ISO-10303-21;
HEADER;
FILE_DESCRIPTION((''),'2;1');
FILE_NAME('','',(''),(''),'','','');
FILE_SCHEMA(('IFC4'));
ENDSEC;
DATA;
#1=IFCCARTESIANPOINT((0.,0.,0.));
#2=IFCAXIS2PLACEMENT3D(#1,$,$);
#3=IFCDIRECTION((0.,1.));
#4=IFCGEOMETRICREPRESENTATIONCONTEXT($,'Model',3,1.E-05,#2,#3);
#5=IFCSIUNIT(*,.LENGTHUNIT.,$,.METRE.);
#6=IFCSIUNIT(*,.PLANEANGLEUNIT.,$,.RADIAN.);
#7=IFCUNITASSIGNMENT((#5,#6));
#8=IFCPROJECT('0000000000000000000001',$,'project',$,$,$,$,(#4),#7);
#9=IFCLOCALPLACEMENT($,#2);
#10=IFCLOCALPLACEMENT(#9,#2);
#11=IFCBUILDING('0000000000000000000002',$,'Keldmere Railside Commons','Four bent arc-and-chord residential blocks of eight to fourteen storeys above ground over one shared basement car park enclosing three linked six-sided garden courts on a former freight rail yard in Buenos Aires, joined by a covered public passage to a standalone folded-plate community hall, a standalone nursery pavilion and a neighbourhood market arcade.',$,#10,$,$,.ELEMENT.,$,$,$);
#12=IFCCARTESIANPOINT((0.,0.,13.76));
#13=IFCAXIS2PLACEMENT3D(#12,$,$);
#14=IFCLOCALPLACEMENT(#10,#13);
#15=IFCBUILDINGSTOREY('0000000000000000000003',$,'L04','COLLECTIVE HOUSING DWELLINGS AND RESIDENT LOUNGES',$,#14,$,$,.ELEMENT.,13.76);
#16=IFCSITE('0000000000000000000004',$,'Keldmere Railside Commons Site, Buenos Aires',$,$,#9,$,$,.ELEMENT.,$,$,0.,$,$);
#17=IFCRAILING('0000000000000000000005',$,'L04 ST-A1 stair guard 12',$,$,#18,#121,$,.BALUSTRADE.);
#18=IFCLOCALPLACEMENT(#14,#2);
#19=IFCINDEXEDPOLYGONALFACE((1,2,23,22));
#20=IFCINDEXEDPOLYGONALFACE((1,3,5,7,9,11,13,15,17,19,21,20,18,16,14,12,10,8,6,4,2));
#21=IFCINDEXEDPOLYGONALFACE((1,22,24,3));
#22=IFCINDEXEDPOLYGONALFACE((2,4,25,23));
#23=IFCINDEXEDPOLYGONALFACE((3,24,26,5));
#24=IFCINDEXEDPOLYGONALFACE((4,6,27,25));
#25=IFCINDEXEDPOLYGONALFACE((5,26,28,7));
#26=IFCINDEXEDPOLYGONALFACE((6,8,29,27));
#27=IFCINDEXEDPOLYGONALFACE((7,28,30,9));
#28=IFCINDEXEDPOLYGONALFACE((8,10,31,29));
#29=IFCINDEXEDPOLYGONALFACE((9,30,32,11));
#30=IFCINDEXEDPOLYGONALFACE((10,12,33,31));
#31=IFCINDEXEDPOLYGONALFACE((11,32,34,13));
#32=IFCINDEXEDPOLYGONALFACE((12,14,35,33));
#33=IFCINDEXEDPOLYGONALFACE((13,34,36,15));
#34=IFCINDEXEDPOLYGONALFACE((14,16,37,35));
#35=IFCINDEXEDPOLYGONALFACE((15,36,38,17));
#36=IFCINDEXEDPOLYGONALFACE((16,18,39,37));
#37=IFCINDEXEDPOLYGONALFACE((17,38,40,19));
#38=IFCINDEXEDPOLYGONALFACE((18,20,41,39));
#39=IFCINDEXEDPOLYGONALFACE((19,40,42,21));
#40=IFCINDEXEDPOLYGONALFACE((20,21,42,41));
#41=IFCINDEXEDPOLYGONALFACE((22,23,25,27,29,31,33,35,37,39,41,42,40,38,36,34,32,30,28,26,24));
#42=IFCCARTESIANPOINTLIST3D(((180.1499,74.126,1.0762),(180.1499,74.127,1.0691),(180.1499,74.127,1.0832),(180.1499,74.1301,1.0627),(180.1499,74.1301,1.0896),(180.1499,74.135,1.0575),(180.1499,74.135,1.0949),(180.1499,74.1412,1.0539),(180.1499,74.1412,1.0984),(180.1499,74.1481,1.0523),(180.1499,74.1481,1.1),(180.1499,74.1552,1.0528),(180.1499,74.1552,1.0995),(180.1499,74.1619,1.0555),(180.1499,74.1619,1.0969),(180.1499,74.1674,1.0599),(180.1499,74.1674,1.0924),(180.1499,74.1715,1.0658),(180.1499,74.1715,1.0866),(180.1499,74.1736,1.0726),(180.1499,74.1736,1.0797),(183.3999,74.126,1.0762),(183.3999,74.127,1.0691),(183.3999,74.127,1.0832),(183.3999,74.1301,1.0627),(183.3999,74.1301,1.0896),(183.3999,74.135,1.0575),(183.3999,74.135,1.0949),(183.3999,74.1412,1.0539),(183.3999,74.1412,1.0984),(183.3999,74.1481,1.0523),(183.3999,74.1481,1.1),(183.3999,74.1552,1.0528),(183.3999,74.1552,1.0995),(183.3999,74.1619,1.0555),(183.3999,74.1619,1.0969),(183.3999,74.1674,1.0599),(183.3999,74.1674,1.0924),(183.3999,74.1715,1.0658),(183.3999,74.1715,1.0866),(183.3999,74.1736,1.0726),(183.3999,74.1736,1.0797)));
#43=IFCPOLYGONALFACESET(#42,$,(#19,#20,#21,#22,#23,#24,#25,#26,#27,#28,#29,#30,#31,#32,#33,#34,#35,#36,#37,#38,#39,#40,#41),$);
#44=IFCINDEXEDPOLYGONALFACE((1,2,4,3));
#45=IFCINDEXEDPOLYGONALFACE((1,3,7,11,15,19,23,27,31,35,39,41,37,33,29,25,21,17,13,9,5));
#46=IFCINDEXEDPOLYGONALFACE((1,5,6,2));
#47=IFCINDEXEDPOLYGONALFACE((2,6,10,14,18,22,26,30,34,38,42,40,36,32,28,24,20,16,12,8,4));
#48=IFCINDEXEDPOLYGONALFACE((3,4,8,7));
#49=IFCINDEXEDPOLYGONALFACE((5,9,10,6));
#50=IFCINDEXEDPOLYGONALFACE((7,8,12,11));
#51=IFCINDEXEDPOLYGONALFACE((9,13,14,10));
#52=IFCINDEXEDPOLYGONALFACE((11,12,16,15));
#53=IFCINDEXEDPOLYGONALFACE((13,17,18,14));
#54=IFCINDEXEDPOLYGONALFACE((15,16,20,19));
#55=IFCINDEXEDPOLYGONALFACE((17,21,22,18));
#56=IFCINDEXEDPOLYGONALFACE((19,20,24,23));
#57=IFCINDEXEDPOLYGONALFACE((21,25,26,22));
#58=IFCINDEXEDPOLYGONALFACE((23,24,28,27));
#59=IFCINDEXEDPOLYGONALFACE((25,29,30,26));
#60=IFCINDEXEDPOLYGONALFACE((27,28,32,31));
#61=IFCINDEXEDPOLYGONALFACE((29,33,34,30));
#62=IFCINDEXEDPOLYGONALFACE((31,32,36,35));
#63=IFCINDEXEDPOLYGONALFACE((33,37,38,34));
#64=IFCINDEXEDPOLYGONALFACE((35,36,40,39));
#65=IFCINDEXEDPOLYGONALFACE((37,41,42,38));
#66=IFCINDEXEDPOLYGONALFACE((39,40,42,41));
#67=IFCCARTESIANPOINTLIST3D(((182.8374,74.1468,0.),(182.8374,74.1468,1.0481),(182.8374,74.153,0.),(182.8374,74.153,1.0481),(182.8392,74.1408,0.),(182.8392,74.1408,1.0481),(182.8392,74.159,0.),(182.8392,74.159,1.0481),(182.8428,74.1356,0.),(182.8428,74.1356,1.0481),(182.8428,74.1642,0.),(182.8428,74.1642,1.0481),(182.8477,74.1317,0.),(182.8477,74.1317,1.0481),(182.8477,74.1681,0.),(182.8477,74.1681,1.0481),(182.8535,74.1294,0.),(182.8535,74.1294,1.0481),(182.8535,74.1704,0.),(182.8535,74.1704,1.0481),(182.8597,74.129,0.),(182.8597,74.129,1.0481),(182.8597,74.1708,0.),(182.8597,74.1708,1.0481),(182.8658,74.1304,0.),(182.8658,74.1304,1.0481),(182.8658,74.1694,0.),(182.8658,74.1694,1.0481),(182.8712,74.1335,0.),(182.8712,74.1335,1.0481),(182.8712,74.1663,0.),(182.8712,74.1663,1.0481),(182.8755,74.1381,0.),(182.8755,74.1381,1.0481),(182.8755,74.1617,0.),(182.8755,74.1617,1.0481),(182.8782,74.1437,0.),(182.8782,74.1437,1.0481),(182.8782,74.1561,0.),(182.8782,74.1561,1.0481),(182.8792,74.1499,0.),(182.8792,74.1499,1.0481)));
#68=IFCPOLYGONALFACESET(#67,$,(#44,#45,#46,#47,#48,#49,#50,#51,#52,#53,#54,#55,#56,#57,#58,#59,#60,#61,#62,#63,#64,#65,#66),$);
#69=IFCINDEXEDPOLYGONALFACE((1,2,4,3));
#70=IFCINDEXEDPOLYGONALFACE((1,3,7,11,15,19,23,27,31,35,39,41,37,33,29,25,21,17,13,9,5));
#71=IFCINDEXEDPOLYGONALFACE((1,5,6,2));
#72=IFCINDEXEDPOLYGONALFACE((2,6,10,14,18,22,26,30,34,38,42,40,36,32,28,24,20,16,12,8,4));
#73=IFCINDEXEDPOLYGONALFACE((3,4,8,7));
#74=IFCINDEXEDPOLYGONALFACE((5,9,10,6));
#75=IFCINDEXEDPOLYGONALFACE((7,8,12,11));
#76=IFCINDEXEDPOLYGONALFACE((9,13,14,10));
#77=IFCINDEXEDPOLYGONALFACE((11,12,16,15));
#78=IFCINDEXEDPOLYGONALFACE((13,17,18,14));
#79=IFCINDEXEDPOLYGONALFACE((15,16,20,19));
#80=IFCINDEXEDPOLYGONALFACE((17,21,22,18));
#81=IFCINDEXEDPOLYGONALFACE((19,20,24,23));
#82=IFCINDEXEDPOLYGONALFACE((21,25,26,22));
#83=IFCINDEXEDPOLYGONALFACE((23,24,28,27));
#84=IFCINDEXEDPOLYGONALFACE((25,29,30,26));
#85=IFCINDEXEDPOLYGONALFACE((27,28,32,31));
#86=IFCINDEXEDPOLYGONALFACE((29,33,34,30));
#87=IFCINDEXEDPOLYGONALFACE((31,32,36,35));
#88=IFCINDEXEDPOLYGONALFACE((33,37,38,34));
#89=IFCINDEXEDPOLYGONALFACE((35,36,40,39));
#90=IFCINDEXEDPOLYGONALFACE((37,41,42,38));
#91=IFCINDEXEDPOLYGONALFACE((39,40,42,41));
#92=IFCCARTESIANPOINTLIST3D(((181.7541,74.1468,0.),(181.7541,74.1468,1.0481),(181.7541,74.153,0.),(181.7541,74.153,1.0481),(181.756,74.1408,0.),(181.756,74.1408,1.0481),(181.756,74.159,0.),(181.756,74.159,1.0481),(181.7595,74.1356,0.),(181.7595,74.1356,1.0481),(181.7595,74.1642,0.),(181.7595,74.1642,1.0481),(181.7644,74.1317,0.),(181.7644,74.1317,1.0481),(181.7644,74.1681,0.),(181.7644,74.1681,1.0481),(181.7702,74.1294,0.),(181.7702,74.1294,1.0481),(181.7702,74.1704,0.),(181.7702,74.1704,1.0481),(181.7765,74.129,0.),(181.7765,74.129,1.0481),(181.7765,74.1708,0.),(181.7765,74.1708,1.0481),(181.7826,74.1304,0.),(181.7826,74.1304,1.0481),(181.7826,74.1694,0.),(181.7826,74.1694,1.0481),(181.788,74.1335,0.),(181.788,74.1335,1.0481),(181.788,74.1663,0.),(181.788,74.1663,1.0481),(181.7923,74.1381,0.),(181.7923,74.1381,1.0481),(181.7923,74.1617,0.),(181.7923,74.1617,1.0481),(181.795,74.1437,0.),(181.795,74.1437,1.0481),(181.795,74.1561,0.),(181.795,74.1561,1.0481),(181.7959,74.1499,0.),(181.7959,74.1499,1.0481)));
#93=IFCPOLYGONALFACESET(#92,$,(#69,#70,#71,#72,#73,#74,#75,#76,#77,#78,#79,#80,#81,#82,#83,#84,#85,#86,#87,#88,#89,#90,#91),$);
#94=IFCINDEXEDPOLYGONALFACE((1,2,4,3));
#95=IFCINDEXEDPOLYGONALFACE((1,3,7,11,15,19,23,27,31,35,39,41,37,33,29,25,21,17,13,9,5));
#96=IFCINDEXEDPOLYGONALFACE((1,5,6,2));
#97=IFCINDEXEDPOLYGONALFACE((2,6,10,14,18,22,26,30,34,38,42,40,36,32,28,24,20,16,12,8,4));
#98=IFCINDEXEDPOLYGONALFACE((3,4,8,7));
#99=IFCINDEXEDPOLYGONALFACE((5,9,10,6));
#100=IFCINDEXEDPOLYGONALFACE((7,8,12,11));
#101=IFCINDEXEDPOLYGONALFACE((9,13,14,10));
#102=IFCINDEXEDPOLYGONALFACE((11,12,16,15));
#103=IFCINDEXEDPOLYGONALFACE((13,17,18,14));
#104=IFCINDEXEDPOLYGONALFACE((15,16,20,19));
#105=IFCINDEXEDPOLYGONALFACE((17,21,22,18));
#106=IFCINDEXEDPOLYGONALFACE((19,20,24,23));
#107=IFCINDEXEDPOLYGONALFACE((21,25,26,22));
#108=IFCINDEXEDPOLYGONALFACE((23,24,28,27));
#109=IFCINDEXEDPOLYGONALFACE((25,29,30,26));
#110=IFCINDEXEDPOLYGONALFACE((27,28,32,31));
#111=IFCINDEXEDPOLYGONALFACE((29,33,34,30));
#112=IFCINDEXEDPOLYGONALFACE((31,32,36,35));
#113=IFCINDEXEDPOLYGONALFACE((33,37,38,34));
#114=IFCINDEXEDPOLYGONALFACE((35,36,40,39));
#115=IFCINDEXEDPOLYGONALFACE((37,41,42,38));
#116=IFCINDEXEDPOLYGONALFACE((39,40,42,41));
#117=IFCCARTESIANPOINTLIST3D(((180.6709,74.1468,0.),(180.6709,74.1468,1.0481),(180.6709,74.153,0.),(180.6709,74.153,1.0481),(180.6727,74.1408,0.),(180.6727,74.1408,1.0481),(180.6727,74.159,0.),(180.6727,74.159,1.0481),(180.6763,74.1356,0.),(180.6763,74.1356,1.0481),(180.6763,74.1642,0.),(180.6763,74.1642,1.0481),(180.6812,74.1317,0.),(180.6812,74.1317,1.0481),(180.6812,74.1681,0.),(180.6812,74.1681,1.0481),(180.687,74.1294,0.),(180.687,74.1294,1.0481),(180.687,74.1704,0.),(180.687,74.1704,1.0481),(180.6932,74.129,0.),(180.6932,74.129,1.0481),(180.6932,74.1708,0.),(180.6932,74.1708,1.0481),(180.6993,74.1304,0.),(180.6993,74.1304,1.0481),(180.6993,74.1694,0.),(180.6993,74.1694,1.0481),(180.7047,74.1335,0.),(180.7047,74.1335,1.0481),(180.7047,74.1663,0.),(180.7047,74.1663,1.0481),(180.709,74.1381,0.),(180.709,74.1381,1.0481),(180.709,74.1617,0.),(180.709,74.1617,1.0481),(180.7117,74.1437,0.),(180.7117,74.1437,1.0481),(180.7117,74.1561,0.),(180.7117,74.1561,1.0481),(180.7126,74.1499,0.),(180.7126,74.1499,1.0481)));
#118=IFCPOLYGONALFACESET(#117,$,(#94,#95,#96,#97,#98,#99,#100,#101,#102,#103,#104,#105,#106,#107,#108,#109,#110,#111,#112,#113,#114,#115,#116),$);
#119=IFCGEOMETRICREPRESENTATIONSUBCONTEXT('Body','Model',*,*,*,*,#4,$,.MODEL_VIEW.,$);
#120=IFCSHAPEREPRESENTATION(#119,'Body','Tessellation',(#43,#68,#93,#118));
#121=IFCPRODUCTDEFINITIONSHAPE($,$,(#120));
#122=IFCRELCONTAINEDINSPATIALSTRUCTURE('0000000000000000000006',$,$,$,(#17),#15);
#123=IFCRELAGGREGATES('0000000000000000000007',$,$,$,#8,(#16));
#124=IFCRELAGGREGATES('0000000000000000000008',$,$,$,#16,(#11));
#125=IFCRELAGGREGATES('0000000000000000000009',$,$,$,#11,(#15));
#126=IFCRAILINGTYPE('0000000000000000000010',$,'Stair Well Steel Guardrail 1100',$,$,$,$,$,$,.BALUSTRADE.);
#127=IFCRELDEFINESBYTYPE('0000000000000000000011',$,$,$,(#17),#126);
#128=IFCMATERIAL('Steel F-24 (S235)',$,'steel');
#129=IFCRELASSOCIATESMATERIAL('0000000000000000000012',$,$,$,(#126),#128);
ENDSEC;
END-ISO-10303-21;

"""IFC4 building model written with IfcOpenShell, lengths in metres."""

from ifc_helpers import new_model, si_unit, direction, frame, origin, origin_2d, place, context, subcontext, project, spatial, circle, extrude, material, type_object, element, save


model = new_model("IFC4")

# Units and contexts
model_context = context("Model", 3, precision=1e-05, world=origin(), true_north=direction((0.0, 1.0)))
body_context = subcontext(model_context, "Body", "Model", "MODEL_VIEW")
ifc_project = project(units=[si_unit("LENGTHUNIT", "METRE"), si_unit("PLANEANGLEUNIT", "RADIAN")], contexts=[model_context])

# Site, building, storey
site_placement = place(None, origin())
site = spatial("IfcSite", under=ifc_project, at=site_placement, Name="Keldmere Railside Commons Site, Buenos Aires", CompositionType="ELEMENT", RefElevation=0.0)
building_placement = place(site_placement, origin())
building = spatial("IfcBuilding", under=site, at=building_placement, Name="Keldmere Railside Commons", Description="Four bent arc-and-chord residential blocks of eight to fourteen storeys above ground over one shared basement car park enclosing three linked six-sided garden courts on a former freight rail yard in Buenos Aires, joined by a covered public passage to a standalone folded-plate community hall, a standalone nursery pavilion and a neighbourhood market arcade.", CompositionType="ELEMENT")
storey_placement = place(building_placement, frame((0.0, 0.0, 13.76)))
storey = spatial("IfcBuildingStorey", under=building, at=storey_placement, Name="L04", Description="COLLECTIVE HOUSING DWELLINGS AND RESIDENT LOUNGES", CompositionType="ELEMENT", Elevation=13.76)

# Shared definitions
ifc_material_1 = material(Name="Steel F-24 (S235)", Category="steel")

# Railing
railing_type_1 = type_object("IfcRailingType", Name="Stair Well Steel Guardrail 1100", PredefinedType="BALUSTRADE", material=ifc_material_1)
railing_1_placement = place(storey_placement, frame((183.3999, 74.1499, 0.0)))
element("IfcRailing", 1, at=railing_1_placement, inside=storey, type_object=railing_type_1, Name="L04 ST-A1 stair guard 12", PredefinedType="BALUSTRADE", context=body_context, shape_type="SweptSolid", body=[
    extrude(circle(Radius=0.0239, at=origin_2d()), frame((0.0, 0.0, 1.0762), z_axis=(-1.0, 0.0, 0.0), x_axis=(0.0, -1.0, 0.0)), (0.0, 0.0, 1.0), 3.25),
    extrude(circle(Radius=0.021, at=origin_2d()), frame((-0.5417, 0.0, 0.0)), (0.0, 0.0, 1.0), 1.0481),
    extrude(circle(Radius=0.021, at=origin_2d()), frame((-1.625, 0.0, 0.0)), (0.0, 0.0, 1.0), 1.0481),
    extrude(circle(Radius=0.021, at=origin_2d()), frame((-2.7083, 0.0, 0.0)), (0.0, 0.0, 1.0), 1.0481),
])

save(model, "model.ifc")
